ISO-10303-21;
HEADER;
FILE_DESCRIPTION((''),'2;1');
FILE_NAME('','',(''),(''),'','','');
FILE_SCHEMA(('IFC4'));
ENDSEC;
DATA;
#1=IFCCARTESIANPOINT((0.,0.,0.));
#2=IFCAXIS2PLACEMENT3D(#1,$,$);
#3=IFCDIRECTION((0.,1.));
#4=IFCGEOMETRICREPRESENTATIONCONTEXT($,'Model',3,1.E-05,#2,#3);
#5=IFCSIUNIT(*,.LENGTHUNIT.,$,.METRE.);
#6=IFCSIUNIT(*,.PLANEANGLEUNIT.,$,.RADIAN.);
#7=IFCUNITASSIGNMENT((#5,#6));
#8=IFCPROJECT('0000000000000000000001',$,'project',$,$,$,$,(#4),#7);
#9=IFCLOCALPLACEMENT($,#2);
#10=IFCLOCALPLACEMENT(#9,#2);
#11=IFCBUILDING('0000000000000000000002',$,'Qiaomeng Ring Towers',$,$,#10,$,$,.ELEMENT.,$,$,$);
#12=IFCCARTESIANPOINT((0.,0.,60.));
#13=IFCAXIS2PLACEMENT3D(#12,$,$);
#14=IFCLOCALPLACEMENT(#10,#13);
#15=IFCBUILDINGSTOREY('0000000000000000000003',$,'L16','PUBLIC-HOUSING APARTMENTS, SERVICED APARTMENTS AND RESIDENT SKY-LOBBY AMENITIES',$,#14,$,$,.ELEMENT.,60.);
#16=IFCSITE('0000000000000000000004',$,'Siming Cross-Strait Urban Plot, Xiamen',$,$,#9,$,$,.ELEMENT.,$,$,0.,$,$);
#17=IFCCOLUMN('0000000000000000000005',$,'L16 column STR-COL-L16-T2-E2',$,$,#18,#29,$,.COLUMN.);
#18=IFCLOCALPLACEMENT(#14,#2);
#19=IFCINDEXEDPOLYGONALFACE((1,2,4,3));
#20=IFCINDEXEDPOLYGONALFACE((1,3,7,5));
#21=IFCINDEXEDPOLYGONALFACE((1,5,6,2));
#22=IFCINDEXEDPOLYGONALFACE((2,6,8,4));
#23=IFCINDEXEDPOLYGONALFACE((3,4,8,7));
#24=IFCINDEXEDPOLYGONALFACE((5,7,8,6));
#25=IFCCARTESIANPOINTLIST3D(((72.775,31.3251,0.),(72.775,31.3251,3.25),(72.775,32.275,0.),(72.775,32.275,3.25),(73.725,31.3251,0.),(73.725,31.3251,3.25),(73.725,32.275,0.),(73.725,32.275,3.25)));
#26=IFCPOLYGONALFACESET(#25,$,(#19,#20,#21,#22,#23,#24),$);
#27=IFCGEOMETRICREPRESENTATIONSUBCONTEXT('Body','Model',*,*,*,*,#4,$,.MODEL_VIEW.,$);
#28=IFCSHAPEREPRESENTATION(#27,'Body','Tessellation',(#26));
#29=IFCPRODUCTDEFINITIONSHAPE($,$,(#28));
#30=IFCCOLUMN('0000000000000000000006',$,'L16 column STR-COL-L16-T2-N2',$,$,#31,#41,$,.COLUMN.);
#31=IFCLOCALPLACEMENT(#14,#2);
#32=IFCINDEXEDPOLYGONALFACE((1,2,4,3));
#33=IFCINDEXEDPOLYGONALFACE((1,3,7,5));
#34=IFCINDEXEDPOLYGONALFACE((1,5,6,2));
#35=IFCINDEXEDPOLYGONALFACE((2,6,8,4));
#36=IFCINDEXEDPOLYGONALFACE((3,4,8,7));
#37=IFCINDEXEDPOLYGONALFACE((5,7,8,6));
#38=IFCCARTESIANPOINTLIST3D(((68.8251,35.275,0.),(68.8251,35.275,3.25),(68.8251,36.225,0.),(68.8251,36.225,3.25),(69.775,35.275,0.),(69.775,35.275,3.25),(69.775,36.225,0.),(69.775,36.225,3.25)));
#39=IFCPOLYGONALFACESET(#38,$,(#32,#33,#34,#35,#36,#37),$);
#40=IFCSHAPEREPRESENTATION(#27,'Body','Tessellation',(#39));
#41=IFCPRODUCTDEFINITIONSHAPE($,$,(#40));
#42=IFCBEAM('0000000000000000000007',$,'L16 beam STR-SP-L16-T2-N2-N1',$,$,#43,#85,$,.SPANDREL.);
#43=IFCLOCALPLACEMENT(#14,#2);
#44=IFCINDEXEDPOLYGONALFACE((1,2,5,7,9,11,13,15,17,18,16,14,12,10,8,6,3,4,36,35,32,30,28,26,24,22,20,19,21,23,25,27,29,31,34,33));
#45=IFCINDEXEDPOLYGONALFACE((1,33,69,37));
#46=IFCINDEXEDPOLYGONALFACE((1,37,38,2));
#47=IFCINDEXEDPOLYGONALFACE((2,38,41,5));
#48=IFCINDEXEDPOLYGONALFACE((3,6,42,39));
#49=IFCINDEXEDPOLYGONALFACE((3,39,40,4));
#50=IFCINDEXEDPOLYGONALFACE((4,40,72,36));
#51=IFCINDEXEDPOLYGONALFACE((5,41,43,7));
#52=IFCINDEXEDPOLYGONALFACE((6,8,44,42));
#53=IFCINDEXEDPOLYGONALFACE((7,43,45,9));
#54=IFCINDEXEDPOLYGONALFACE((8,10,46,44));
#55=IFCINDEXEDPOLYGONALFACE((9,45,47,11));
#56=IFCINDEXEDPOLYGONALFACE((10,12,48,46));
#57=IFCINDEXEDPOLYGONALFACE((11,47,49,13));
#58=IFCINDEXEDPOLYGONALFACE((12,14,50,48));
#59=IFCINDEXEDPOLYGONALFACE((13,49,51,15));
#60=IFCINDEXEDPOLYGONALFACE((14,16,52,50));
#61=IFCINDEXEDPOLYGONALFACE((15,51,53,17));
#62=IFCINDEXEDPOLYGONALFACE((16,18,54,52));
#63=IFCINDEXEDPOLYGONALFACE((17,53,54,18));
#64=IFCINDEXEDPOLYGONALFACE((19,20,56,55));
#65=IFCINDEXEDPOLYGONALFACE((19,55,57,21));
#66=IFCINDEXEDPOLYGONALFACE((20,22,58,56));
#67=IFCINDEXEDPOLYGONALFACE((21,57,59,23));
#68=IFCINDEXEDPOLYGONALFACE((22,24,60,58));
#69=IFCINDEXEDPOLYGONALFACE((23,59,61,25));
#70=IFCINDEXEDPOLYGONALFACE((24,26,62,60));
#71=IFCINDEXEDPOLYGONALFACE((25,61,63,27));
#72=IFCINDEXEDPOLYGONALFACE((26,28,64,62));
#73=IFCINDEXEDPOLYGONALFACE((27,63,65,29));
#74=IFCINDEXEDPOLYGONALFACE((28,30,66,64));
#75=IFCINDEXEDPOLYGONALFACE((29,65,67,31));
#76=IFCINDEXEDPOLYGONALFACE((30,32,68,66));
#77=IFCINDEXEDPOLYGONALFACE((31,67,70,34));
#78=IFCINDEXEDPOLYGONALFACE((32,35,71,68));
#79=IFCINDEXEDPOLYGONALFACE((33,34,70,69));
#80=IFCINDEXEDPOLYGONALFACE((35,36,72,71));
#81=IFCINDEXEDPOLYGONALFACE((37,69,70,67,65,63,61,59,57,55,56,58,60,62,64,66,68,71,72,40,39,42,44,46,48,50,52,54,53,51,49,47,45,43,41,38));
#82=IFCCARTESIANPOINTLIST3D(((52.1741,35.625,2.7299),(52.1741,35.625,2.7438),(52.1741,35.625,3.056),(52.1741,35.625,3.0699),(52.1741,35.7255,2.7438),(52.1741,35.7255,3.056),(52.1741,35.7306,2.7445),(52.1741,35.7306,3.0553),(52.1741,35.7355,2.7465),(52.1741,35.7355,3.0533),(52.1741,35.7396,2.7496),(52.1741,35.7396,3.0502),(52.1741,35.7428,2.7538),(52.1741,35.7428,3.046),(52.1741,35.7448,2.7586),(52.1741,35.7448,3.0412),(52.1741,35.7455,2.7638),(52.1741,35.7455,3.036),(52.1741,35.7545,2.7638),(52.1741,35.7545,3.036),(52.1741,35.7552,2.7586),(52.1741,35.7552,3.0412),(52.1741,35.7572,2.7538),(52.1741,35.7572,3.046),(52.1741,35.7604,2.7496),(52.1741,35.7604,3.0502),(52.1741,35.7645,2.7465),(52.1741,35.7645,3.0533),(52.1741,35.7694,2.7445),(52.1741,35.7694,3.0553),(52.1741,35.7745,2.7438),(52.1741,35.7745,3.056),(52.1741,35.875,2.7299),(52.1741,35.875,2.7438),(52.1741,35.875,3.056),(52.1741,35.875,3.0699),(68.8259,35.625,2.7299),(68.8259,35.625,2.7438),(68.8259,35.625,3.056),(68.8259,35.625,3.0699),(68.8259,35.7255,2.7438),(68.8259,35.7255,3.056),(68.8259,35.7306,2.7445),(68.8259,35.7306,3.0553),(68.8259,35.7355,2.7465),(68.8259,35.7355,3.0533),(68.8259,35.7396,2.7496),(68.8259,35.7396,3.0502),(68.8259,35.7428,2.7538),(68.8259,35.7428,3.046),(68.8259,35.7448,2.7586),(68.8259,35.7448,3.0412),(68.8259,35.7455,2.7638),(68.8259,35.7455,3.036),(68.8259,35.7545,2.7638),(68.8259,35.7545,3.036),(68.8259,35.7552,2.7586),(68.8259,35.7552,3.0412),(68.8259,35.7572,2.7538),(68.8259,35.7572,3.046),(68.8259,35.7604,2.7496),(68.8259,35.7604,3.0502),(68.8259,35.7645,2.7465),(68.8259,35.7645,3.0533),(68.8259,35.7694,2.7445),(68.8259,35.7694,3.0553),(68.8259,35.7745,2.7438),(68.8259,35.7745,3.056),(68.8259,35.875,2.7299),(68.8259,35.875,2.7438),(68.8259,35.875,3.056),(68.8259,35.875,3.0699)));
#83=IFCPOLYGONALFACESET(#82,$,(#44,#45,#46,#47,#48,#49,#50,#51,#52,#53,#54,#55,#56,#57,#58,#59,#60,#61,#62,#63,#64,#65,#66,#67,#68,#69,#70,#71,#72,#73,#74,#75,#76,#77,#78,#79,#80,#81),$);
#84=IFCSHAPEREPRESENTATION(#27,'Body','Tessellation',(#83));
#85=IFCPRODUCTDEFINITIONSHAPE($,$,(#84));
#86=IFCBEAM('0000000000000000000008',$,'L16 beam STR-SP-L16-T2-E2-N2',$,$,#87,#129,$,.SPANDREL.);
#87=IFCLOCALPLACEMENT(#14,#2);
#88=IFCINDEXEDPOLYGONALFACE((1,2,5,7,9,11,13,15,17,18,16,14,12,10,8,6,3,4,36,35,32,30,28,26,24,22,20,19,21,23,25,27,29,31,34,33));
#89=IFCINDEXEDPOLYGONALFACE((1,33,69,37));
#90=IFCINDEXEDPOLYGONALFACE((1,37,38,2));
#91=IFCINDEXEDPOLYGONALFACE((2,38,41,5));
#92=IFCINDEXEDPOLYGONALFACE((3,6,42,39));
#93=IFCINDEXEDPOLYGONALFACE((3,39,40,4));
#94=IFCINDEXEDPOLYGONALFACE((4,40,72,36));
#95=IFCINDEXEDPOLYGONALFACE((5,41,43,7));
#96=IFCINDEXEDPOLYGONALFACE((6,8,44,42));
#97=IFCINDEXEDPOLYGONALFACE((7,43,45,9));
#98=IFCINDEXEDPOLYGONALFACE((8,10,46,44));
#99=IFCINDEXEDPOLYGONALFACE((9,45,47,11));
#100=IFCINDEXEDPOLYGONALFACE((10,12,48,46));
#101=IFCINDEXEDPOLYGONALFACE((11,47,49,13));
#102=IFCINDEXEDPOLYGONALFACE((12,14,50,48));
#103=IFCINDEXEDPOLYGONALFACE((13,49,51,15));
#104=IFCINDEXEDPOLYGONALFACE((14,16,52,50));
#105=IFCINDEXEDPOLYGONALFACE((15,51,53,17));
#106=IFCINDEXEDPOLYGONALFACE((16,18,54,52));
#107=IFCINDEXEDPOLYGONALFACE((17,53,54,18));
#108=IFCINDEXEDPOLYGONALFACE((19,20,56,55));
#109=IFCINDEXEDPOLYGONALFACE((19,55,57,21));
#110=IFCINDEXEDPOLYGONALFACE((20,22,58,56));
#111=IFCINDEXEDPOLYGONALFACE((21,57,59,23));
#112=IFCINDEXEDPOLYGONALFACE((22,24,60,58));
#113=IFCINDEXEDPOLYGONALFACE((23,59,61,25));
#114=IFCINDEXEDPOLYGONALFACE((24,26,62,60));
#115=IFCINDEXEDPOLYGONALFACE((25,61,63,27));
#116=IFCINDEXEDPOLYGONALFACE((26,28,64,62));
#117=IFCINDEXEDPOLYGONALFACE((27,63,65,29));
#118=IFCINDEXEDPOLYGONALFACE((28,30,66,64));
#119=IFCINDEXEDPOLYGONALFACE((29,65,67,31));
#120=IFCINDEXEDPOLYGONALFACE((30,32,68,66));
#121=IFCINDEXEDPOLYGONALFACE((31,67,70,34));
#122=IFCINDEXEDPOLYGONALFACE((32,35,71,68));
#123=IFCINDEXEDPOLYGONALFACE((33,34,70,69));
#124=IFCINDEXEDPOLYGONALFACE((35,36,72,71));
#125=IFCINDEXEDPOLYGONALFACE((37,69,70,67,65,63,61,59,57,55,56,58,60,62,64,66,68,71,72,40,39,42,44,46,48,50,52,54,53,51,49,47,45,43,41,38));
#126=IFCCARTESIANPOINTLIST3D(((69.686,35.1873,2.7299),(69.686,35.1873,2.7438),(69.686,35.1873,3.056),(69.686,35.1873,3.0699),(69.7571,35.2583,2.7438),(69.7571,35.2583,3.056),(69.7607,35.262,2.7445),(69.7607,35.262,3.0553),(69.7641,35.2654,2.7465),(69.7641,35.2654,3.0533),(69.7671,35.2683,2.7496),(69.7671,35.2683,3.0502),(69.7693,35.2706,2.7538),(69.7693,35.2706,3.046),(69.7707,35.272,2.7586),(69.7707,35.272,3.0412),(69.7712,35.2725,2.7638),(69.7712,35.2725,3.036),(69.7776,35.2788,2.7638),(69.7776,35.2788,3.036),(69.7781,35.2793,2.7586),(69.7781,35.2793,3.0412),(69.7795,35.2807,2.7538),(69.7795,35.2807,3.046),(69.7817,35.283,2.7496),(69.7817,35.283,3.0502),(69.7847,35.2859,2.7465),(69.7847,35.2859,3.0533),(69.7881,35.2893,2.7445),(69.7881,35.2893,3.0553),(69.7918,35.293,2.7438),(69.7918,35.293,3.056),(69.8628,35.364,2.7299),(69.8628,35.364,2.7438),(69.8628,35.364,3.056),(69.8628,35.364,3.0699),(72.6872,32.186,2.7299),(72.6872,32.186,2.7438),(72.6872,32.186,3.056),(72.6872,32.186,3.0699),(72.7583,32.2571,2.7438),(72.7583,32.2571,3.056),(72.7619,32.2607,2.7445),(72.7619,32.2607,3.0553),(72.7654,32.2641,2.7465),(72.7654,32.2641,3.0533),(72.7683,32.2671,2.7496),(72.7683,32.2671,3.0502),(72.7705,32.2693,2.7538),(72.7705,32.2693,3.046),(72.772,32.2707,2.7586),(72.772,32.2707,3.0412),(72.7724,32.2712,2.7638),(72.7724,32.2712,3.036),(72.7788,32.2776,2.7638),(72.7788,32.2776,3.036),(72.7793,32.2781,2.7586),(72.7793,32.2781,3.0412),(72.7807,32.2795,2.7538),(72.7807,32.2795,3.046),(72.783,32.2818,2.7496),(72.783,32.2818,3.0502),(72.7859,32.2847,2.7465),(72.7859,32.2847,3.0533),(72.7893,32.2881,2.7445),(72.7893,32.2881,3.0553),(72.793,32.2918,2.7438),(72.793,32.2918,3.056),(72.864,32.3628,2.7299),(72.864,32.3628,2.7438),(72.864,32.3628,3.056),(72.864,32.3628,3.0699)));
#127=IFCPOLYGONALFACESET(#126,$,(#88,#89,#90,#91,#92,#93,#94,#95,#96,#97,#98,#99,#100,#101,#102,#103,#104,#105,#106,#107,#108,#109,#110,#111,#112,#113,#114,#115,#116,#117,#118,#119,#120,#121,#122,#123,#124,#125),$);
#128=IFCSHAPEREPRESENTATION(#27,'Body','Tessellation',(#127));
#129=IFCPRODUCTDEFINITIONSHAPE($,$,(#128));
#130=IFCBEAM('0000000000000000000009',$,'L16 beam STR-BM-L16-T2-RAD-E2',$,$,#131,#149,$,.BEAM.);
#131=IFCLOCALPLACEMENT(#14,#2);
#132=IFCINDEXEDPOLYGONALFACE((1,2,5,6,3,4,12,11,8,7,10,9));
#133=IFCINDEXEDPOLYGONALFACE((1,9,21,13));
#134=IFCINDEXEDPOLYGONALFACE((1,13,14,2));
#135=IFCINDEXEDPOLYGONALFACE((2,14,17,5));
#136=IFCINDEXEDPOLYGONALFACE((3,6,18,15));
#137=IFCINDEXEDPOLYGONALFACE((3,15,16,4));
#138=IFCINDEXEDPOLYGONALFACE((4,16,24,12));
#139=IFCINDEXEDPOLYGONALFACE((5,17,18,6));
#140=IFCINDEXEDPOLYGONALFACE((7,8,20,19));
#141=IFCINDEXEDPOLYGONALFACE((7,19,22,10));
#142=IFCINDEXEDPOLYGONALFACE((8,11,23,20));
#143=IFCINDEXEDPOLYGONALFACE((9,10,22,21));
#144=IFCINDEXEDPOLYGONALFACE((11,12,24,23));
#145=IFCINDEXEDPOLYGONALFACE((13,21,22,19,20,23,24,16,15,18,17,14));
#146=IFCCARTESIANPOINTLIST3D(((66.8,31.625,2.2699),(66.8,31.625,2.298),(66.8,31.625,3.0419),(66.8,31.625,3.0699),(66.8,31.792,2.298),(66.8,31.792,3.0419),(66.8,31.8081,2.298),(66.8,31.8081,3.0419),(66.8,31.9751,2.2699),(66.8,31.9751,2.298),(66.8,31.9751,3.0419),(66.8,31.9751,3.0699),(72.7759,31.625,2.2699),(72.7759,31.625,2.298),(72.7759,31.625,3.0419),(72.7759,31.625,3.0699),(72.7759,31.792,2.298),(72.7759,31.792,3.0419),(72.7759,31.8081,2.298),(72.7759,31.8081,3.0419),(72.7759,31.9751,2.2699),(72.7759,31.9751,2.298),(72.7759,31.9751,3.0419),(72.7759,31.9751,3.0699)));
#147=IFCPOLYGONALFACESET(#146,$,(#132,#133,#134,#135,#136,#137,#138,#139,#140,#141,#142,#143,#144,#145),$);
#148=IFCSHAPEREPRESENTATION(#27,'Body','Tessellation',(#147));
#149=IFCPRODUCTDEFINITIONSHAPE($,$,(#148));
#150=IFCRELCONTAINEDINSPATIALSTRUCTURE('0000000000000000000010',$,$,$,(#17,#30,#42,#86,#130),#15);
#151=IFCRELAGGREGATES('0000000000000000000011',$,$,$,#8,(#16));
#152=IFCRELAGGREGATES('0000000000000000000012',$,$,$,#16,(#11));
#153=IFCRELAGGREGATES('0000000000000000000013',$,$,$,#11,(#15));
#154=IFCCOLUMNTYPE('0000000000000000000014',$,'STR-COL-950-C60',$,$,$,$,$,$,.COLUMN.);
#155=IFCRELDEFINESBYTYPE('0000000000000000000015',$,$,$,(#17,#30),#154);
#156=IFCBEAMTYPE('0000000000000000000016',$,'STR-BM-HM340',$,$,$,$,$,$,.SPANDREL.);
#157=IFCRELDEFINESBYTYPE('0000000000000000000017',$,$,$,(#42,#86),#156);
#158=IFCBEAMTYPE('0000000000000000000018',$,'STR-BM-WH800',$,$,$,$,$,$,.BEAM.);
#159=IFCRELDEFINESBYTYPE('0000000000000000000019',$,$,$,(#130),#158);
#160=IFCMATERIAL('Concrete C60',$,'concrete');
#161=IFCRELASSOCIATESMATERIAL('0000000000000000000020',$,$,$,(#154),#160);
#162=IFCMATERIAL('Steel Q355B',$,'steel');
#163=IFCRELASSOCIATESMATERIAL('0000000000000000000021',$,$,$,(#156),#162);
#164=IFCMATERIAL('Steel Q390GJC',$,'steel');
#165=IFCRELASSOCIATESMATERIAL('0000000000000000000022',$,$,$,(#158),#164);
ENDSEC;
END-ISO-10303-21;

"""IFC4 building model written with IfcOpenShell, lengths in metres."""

from ifc_helpers import new_model, si_unit, direction, frame, origin, origin_2d, place, context, subcontext, project, spatial, rectangle, i_section, extrude, source, transform, mapped, material, material_profile, profile_set, type_object, element, save


model = new_model("IFC4")

# Units and contexts
model_context = context("Model", 3, precision=1e-05, world=origin(), true_north=direction((0.0, 1.0)))
body_context = subcontext(model_context, "Body", "Model", "MODEL_VIEW")
ifc_project = project(units=[si_unit("LENGTHUNIT", "METRE"), si_unit("PLANEANGLEUNIT", "RADIAN")], contexts=[model_context])

# Site, building, storey
site_placement = place(None, origin())
site = spatial("IfcSite", under=ifc_project, at=site_placement, Name="Siming Cross-Strait Urban Plot, Xiamen", CompositionType="ELEMENT", RefElevation=0.0)
building_placement = place(site_placement, origin())
building = spatial("IfcBuilding", under=site, at=building_placement, Name="Qiaomeng Ring Towers", CompositionType="ELEMENT")
storey_placement = place(building_placement, frame((0.0, 0.0, 60.0)))
storey = spatial("IfcBuildingStorey", under=building, at=storey_placement, Name="L16", Description="PUBLIC-HOUSING APARTMENTS, SERVICED APARTMENTS AND RESIDENT SKY-LOBBY AMENITIES", CompositionType="ELEMENT", Elevation=60.0)

# Columns
ifc_material_1 = material(Name="Concrete C60", Category="concrete")
ifc_material_profile_1 = material_profile(ifc_material_1, rectangle(XDim=0.95, YDim=0.95, at=origin_2d()), Name="RC COL 950x950")
ifc_profile_set_1 = profile_set([ifc_material_profile_1], Name="Concrete C60")
column_type = type_object("IfcColumnType", Name="STR-COL-950-C60", PredefinedType="COLUMN", material=ifc_profile_set_1)
shared_shape_1 = source(origin(), body_context, "Body", "SweptSolid", [
    extrude(rectangle(XDim=0.95, YDim=0.95, at=origin_2d()), origin(), (0.0, 0.0, 1.0), 3.25),
])
for number, where, z_axis, x_axis, name in (
    (1, (73.25, 31.8, 0.0), (0.0, 0.0, 1.0), (1.0, 0.0, 0.0), "L16 column STR-COL-L16-T2-E2"),
    (2, (69.3, 35.75, 0.0), (0.0, 0.0, 1.0), (1.0, 0.0, 0.0), "L16 column STR-COL-L16-T2-N2"),
):
    element("IfcColumn", number, at=place(storey_placement, frame(where, z_axis=z_axis, x_axis=x_axis)), inside=storey, type_object=column_type, Name=name, PredefinedType="COLUMN", context=body_context, shape_type="MappedRepresentation", body=[
        mapped(shared_shape_1, transform((0.0, 0.0, 0.0), x_axis=(1.0, 0.0, 0.0), y_axis=(0.0, 1.0, 0.0), z_axis=(0.0, 0.0, 1.0), scale=1.0)),
    ])

# Beams
ifc_material_2 = material(Name="Steel Q355B", Category="steel")
ifc_material_profile_2 = material_profile(ifc_material_2, i_section(OverallWidth=0.25, OverallDepth=0.3401, WebThickness=0.009, FlangeThickness=0.0139, FilletRadius=0.02, at=origin_2d()), Name="HM 340x250x9x14")
ifc_profile_set_2 = profile_set([ifc_material_profile_2], Name="Steel Q355B")
beam_type_1 = type_object("IfcBeamType", Name="STR-BM-HM340", PredefinedType="SPANDREL", material=ifc_profile_set_2)
shared_shape_2 = source(origin(), body_context, "Body", "SweptSolid", [
    extrude(i_section(OverallWidth=0.25, OverallDepth=0.3401, WebThickness=0.009, FlangeThickness=0.0139, FilletRadius=0.02, at=origin_2d()), origin(), (0.0, 0.0, 1.0), 16.6519),
])
beam_1_placement = place(storey_placement, frame((68.8259, 35.75, 2.8999), z_axis=(-1.0, 0.0, 0.0), x_axis=(0.0, -1.0, 0.0)))
element("IfcBeam", 3, at=beam_1_placement, inside=storey, type_object=beam_type_1, Name="L16 beam STR-SP-L16-T2-N2-N1", PredefinedType="SPANDREL", context=body_context, shape_type="MappedRepresentation", body=[
    mapped(shared_shape_2, transform((0.0, 0.0, 0.0), x_axis=(1.0, 0.0, 0.0), y_axis=(0.0, 1.0, 0.0), z_axis=(0.0, 0.0, 1.0), scale=1.0)),
])
shared_shape_3 = source(origin(), body_context, "Body", "SweptSolid", [
    extrude(i_section(OverallWidth=0.25, OverallDepth=0.3401, WebThickness=0.009, FlangeThickness=0.0139, FilletRadius=0.02, at=origin_2d()), origin(), (0.0, 0.0, 1.0), 4.2444),
])
beam_2_placement = place(storey_placement, frame((72.7756, 32.2744, 2.8999), z_axis=(-0.707107, 0.707107, 0.0), x_axis=(-0.707107, -0.707107, 0.0)))
element("IfcBeam", 4, at=beam_2_placement, inside=storey, type_object=beam_type_1, Name="L16 beam STR-SP-L16-T2-E2-N2", PredefinedType="SPANDREL", context=body_context, shape_type="MappedRepresentation", body=[
    mapped(shared_shape_3, transform((0.0, 0.0, 0.0), x_axis=(1.0, 0.0, 0.0), y_axis=(0.0, 1.0, 0.0), z_axis=(0.0, 0.0, 1.0), scale=1.0)),
])
ifc_material_3 = material(Name="Steel Q390GJC", Category="steel")
ifc_material_profile_3 = material_profile(ifc_material_3, i_section(OverallWidth=0.3501, OverallDepth=0.8, WebThickness=0.0161, FlangeThickness=0.0281, at=origin_2d()), Name="WH 800x350x16x28")
ifc_profile_set_3 = profile_set([ifc_material_profile_3], Name="Steel Q390GJC")
beam_type_2 = type_object("IfcBeamType", Name="STR-BM-WH800", PredefinedType="BEAM", material=ifc_profile_set_3)
shared_shape_4 = source(origin(), body_context, "Body", "SweptSolid", [
    extrude(i_section(OverallWidth=0.3501, OverallDepth=0.8, WebThickness=0.0161, FlangeThickness=0.0281, at=origin_2d()), origin(), (0.0, 0.0, 1.0), 5.9758),
])
beam_3_placement = place(storey_placement, frame((66.8, 31.8, 2.6699), z_axis=(1.0, 0.0, 0.0), x_axis=(0.0, 1.0, 0.0)))
element("IfcBeam", 5, at=beam_3_placement, inside=storey, type_object=beam_type_2, Name="L16 beam STR-BM-L16-T2-RAD-E2", PredefinedType="BEAM", context=body_context, shape_type="MappedRepresentation", body=[
    mapped(shared_shape_4, transform((0.0, 0.0, 0.0), x_axis=(1.0, 0.0, 0.0), y_axis=(0.0, 1.0, 0.0), z_axis=(0.0, 0.0, 1.0), scale=1.0)),
])

save(model, "model.ifc")
